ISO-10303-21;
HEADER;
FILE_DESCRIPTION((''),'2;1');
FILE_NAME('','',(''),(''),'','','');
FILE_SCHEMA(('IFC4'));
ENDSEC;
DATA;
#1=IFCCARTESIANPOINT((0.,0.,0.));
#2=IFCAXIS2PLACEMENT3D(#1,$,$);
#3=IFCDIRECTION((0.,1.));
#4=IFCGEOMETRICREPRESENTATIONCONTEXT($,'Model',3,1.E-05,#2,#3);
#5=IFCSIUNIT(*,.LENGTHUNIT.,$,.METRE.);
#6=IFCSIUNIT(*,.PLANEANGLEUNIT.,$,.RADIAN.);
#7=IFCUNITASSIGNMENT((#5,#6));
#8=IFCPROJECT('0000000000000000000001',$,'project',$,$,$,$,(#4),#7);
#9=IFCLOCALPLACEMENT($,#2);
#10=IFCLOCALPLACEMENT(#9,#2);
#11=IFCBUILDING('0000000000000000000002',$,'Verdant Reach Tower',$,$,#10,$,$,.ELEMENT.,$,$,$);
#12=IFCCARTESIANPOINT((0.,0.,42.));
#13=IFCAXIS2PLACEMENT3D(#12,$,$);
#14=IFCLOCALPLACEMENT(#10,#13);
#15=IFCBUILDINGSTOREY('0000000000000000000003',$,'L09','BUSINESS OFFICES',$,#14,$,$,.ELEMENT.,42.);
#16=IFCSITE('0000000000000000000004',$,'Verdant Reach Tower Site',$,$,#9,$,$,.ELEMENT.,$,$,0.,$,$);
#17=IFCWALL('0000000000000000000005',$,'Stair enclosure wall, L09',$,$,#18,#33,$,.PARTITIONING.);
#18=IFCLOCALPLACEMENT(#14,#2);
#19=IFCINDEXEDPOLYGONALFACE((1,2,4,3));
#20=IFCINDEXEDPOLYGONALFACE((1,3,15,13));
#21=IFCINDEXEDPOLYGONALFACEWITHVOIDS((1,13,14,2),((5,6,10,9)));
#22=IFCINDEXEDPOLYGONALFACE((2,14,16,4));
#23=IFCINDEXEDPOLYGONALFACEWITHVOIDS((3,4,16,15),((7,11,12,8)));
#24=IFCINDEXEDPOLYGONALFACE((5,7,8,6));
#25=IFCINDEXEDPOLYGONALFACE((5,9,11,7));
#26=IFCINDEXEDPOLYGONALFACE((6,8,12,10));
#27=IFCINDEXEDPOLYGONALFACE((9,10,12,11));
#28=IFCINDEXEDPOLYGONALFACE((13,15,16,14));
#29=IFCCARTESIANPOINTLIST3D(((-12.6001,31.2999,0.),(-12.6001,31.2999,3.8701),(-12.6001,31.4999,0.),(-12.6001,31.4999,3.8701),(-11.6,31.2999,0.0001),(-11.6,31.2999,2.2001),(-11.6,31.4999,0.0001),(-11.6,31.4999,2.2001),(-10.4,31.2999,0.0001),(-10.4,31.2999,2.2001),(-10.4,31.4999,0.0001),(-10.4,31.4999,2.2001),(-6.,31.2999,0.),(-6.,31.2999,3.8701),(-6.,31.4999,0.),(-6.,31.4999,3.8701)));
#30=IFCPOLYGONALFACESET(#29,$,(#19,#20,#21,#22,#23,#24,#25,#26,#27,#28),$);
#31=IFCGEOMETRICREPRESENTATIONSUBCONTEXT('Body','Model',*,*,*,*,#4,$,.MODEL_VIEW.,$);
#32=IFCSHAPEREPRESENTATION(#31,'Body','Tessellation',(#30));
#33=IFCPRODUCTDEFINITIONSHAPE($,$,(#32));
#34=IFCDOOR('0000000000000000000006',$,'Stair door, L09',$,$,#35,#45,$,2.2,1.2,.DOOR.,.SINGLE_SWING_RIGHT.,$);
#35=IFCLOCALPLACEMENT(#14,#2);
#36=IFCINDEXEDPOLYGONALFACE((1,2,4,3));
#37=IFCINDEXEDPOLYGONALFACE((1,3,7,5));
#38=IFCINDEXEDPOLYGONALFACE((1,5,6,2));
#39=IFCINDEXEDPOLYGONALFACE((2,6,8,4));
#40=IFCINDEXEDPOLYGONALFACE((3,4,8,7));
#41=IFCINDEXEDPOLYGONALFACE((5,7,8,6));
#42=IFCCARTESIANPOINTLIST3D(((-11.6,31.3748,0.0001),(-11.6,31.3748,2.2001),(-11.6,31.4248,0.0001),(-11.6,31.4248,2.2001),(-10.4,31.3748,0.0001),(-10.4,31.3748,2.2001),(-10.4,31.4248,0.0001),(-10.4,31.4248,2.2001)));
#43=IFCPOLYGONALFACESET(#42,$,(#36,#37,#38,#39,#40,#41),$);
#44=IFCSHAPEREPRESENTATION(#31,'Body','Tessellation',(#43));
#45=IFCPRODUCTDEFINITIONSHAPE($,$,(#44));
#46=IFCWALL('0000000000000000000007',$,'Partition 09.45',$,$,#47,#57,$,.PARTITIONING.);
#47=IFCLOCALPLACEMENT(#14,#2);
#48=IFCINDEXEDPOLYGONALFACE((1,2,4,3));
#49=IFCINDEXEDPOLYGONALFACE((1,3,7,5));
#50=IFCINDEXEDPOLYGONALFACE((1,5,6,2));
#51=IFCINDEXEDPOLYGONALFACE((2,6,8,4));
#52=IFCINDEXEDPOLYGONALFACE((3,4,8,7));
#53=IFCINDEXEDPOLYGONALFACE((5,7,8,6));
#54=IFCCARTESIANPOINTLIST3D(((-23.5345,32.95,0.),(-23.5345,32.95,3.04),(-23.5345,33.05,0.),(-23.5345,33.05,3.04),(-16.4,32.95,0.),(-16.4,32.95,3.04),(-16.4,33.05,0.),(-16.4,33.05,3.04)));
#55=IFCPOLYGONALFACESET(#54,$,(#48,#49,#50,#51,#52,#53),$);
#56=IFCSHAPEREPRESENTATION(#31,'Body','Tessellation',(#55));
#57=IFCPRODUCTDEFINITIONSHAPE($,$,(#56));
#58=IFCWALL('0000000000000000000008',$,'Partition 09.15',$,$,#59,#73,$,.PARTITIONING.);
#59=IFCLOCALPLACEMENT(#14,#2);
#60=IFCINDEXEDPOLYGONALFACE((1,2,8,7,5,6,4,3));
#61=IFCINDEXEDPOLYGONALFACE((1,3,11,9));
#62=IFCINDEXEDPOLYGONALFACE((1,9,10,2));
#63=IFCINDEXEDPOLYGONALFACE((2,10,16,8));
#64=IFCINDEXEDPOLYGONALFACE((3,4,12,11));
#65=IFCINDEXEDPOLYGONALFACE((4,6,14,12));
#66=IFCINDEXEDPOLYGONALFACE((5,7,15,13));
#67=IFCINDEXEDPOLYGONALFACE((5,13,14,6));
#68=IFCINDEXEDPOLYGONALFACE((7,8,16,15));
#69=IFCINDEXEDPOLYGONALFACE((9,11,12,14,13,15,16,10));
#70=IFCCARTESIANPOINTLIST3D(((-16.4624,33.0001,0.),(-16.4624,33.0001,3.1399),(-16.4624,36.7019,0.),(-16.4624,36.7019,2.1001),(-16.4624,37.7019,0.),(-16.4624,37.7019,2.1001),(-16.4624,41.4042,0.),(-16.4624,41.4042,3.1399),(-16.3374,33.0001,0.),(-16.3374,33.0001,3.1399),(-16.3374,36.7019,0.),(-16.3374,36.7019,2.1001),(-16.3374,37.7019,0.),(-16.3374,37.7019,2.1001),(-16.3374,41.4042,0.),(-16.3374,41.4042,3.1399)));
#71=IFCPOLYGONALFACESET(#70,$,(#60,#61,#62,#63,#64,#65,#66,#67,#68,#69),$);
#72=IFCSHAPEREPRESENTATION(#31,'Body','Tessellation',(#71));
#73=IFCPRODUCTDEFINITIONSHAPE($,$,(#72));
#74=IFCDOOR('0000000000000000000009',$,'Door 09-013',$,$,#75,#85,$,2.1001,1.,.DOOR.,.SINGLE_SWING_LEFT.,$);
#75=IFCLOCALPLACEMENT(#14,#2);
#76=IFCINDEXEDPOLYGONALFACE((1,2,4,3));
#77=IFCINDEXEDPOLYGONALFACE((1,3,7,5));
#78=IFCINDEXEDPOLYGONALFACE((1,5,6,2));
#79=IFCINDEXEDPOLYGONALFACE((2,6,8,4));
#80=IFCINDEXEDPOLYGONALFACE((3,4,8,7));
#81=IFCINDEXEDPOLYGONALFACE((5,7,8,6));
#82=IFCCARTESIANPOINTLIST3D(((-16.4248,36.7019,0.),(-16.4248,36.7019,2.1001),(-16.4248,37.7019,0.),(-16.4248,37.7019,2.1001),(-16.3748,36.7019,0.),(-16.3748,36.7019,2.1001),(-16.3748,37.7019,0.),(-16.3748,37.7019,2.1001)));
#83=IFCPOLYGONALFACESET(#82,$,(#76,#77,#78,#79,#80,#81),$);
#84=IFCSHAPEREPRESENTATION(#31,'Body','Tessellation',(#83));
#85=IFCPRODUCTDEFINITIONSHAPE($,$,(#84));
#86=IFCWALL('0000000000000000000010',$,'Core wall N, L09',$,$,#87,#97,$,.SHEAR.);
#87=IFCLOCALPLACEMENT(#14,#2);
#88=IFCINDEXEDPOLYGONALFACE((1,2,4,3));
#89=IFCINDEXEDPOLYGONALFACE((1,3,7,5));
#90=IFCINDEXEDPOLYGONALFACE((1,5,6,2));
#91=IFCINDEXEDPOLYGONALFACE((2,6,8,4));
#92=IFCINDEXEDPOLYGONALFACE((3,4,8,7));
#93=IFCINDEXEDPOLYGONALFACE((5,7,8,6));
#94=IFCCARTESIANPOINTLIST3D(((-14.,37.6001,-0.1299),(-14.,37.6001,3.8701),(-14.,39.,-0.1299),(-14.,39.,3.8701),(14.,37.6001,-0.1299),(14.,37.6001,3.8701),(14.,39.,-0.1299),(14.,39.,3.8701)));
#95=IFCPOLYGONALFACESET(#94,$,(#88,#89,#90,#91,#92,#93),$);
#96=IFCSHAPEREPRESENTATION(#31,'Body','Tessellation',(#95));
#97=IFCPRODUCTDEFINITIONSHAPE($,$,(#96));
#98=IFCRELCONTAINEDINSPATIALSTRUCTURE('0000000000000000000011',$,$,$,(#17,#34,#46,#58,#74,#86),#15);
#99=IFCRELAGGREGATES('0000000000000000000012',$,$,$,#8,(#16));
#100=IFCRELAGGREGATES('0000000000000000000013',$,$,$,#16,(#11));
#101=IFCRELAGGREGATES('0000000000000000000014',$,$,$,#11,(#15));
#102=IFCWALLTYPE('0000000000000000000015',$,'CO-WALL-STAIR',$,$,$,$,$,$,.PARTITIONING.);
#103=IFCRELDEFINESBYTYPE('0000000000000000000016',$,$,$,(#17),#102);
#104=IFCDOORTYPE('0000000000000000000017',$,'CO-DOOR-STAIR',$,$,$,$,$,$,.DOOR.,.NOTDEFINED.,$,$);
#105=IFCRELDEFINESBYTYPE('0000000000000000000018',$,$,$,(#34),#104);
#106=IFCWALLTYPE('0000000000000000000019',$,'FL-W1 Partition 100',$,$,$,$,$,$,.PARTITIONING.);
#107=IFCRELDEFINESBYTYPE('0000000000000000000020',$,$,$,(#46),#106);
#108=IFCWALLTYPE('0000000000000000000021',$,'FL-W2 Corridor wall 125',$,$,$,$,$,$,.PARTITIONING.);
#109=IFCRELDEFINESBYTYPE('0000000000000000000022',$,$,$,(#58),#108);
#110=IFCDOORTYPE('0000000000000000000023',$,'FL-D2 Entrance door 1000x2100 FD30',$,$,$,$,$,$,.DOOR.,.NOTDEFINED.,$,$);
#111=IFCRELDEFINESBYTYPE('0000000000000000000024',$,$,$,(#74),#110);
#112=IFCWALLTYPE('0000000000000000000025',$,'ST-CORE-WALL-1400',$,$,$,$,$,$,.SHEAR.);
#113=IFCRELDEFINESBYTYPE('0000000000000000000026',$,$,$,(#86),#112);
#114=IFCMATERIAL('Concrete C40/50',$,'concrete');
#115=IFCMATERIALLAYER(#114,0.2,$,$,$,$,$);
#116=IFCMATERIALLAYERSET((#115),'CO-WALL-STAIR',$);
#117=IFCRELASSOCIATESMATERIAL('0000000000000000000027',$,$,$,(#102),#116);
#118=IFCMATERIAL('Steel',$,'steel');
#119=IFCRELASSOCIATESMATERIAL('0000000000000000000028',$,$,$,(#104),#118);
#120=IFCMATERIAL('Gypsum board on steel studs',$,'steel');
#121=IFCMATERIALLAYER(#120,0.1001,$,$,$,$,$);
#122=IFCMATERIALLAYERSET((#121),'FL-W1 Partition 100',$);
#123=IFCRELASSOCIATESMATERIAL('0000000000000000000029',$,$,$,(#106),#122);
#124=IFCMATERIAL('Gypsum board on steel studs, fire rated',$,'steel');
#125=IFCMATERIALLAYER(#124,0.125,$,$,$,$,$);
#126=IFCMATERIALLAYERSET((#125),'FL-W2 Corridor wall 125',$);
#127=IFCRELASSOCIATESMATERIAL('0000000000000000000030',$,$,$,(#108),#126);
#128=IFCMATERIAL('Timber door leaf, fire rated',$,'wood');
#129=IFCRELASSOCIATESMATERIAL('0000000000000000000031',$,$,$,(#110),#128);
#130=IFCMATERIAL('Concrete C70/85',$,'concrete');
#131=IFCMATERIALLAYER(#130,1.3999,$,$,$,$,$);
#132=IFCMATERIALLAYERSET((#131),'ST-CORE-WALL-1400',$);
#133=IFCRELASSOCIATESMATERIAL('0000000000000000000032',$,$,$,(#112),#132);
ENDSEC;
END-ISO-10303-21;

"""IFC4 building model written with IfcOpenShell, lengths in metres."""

from ifc_helpers import new_model, si_unit, direction, frame, frame_2d, origin, place, context, subcontext, project, spatial, rectangle, extrude, material, layer, layer_set, type_object, element, fill, save


model = new_model("IFC4")

# Units and contexts
model_context = context("Model", 3, precision=1e-05, world=origin(), true_north=direction((0.0, 1.0)))
body_context = subcontext(model_context, "Body", "Model", "MODEL_VIEW")
ifc_project = project(units=[si_unit("LENGTHUNIT", "METRE"), si_unit("PLANEANGLEUNIT", "RADIAN")], contexts=[model_context])

# Site, building, storey
site_placement = place(None, origin())
site = spatial("IfcSite", under=ifc_project, at=site_placement, Name="Verdant Reach Tower Site", CompositionType="ELEMENT", RefElevation=0.0)
building_placement = place(site_placement, origin())
building = spatial("IfcBuilding", under=site, at=building_placement, Name="Verdant Reach Tower", CompositionType="ELEMENT")
storey_placement = place(building_placement, frame((0.0, 0.0, 42.0)))
storey = spatial("IfcBuildingStorey", under=building, at=storey_placement, Name="L09", Description="BUSINESS OFFICES", CompositionType="ELEMENT", Elevation=42.0)

# Shared definitions
ifc_material_1 = material(Name="Concrete C40/50", Category="concrete")
ifc_material_2 = material(Name="Steel", Category="steel")

# Wall, opening, door
ifc_layer_1 = layer(ifc_material_1, 0.2)
ifc_layer_set_1 = layer_set([ifc_layer_1], Name="CO-WALL-STAIR")
wall_type_1 = type_object("IfcWallType", Name="CO-WALL-STAIR", PredefinedType="PARTITIONING", material=ifc_layer_set_1)
wall_1_placement = place(storey_placement, frame((-12.6001, 31.3999, 0.0), z_axis=(0.0, 0.0, 1.0), x_axis=(1.0, 0.0, 0.0)))
wall_1 = element("IfcWall", 1, at=wall_1_placement, inside=storey, type_object=wall_type_1, Name="Stair enclosure wall, L09", PredefinedType="PARTITIONING", context=body_context, shape_type="SweptSolid", body=[
    extrude(rectangle(XDim=6.6001, YDim=0.2, at=frame_2d((3.3, 0.0))), origin(), (0.0, 0.0, 1.0), 3.8701),
])
opening_1_placement = place(wall_1_placement, frame((1.0, 0.0, 0.0)))
opening_1 = element("IfcOpeningElement", 2, at=opening_1_placement, cuts=wall_1, PredefinedType="OPENING", context=body_context, shape_type="SweptSolid", body=[
    extrude(rectangle(XDim=1.2, YDim=2.2, at=frame_2d((0.6001, 1.1001))), frame((0.0, 0.1099, 0.0), z_axis=(0.0, -1.0, 0.0), x_axis=(1.0, 0.0, 0.0)), (0.0, 0.0, 1.0), 0.22),
])
door_type_1 = type_object("IfcDoorType", Name="CO-DOOR-STAIR", OperationType="NOTDEFINED", PredefinedType="DOOR", material=ifc_material_2)
door_1_placement = place(opening_1_placement, origin())
door_1 = element("IfcDoor", 3, at=door_1_placement, inside=storey, type_object=door_type_1, Name="Stair door, L09", OperationType="SINGLE_SWING_RIGHT", OverallHeight=2.2, OverallWidth=1.2, PredefinedType="DOOR", context=body_context, shape_type="SweptSolid", body=[
    extrude(rectangle(XDim=1.2, YDim=2.2, at=frame_2d((0.6001, 1.1001))), frame((0.0, 0.0249, 0.0), z_axis=(0.0, -1.0, 0.0), x_axis=(1.0, 0.0, 0.0)), (0.0, 0.0, 1.0), 0.05),
])
fill(opening_1, door_1)

# Wall
ifc_material_3 = material(Name="Gypsum board on steel studs", Category="steel")
ifc_layer_2 = layer(ifc_material_3, 0.1001)
ifc_layer_set_2 = layer_set([ifc_layer_2], Name="FL-W1 Partition 100")
wall_type_2 = type_object("IfcWallType", Name="FL-W1 Partition 100", PredefinedType="PARTITIONING", material=ifc_layer_set_2)
wall_2_placement = place(storey_placement, frame((-16.3999, 33.0, 0.0), z_axis=(0.0, 0.0, 1.0), x_axis=(-1.0, 0.0, 0.0)))
element("IfcWall", 4, at=wall_2_placement, inside=storey, type_object=wall_type_2, Name="Partition 09.45", PredefinedType="PARTITIONING", context=body_context, shape_type="SweptSolid", body=[
    extrude(rectangle(XDim=7.1345, YDim=0.1001, at=frame_2d((3.5674, 0.0))), origin(), (0.0, 0.0, 1.0), 3.04),
])

# Wall, opening, door
ifc_material_4 = material(Name="Gypsum board on steel studs, fire rated", Category="steel")
ifc_layer_3 = layer(ifc_material_4, 0.125)
ifc_layer_set_3 = layer_set([ifc_layer_3], Name="FL-W2 Corridor wall 125")
wall_type_3 = type_object("IfcWallType", Name="FL-W2 Corridor wall 125", PredefinedType="PARTITIONING", material=ifc_layer_set_3)
wall_3_placement = place(storey_placement, frame((-16.3999, 33.0, 0.0), z_axis=(0.0, 0.0, 1.0), x_axis=(0.0, 1.0, 0.0)))
wall_3 = element("IfcWall", 5, at=wall_3_placement, inside=storey, type_object=wall_type_3, Name="Partition 09.15", PredefinedType="PARTITIONING", context=body_context, shape_type="SweptSolid", body=[
    extrude(rectangle(XDim=8.4041, YDim=0.125, at=frame_2d((4.2021, 0.0))), origin(), (0.0, 0.0, 1.0), 3.1399),
])
opening_2_placement = place(wall_3_placement, frame((3.7019, 0.0, 0.0)))
opening_2 = element("IfcOpeningElement", 6, at=opening_2_placement, cuts=wall_3, PredefinedType="OPENING", context=body_context, shape_type="SweptSolid", body=[
    extrude(rectangle(XDim=1.0, YDim=2.1001, at=frame_2d((0.5, 1.05))), frame((0.0, 0.0725, 0.0), z_axis=(0.0, -1.0, 0.0), x_axis=(1.0, 0.0, 0.0)), (0.0, 0.0, 1.0), 0.145),
])
ifc_material_5 = material(Name="Timber door leaf, fire rated", Category="wood")
door_type_2 = type_object("IfcDoorType", Name="FL-D2 Entrance door 1000x2100 FD30", OperationType="NOTDEFINED", PredefinedType="DOOR", material=ifc_material_5)
door_2_placement = place(opening_2_placement, origin())
door_2 = element("IfcDoor", 7, at=door_2_placement, inside=storey, type_object=door_type_2, Name="Door 09-013", OperationType="SINGLE_SWING_LEFT", OverallHeight=2.1001, OverallWidth=1.0, PredefinedType="DOOR", context=body_context, shape_type="SweptSolid", body=[
    extrude(rectangle(XDim=1.0, YDim=2.1001, at=frame_2d((0.5, 1.05))), frame((0.0, 0.0249, 0.0), z_axis=(0.0, -1.0, 0.0), x_axis=(1.0, 0.0, 0.0)), (0.0, 0.0, 1.0), 0.05),
])
fill(opening_2, door_2)

# Wall
ifc_material_6 = material(Name="Concrete C70/85", Category="concrete")
ifc_layer_4 = layer(ifc_material_6, 1.3999)
ifc_layer_set_4 = layer_set([ifc_layer_4], Name="ST-CORE-WALL-1400")
wall_type_4 = type_object("IfcWallType", Name="ST-CORE-WALL-1400", PredefinedType="SHEAR", material=ifc_layer_set_4)
wall_4_placement = place(storey_placement, frame((-14.0, 38.3, -0.1299), z_axis=(0.0, 0.0, 1.0), x_axis=(1.0, 0.0, 0.0)))
element("IfcWall", 8, at=wall_4_placement, inside=storey, type_object=wall_type_4, Name="Core wall N, L09", PredefinedType="SHEAR", context=body_context, shape_type="SweptSolid", body=[
    extrude(rectangle(XDim=28.0, YDim=1.3999, at=frame_2d((14.0, 0.0))), origin(), (0.0, 0.0, 1.0), 4.0),
])

save(model, "model.ifc")
